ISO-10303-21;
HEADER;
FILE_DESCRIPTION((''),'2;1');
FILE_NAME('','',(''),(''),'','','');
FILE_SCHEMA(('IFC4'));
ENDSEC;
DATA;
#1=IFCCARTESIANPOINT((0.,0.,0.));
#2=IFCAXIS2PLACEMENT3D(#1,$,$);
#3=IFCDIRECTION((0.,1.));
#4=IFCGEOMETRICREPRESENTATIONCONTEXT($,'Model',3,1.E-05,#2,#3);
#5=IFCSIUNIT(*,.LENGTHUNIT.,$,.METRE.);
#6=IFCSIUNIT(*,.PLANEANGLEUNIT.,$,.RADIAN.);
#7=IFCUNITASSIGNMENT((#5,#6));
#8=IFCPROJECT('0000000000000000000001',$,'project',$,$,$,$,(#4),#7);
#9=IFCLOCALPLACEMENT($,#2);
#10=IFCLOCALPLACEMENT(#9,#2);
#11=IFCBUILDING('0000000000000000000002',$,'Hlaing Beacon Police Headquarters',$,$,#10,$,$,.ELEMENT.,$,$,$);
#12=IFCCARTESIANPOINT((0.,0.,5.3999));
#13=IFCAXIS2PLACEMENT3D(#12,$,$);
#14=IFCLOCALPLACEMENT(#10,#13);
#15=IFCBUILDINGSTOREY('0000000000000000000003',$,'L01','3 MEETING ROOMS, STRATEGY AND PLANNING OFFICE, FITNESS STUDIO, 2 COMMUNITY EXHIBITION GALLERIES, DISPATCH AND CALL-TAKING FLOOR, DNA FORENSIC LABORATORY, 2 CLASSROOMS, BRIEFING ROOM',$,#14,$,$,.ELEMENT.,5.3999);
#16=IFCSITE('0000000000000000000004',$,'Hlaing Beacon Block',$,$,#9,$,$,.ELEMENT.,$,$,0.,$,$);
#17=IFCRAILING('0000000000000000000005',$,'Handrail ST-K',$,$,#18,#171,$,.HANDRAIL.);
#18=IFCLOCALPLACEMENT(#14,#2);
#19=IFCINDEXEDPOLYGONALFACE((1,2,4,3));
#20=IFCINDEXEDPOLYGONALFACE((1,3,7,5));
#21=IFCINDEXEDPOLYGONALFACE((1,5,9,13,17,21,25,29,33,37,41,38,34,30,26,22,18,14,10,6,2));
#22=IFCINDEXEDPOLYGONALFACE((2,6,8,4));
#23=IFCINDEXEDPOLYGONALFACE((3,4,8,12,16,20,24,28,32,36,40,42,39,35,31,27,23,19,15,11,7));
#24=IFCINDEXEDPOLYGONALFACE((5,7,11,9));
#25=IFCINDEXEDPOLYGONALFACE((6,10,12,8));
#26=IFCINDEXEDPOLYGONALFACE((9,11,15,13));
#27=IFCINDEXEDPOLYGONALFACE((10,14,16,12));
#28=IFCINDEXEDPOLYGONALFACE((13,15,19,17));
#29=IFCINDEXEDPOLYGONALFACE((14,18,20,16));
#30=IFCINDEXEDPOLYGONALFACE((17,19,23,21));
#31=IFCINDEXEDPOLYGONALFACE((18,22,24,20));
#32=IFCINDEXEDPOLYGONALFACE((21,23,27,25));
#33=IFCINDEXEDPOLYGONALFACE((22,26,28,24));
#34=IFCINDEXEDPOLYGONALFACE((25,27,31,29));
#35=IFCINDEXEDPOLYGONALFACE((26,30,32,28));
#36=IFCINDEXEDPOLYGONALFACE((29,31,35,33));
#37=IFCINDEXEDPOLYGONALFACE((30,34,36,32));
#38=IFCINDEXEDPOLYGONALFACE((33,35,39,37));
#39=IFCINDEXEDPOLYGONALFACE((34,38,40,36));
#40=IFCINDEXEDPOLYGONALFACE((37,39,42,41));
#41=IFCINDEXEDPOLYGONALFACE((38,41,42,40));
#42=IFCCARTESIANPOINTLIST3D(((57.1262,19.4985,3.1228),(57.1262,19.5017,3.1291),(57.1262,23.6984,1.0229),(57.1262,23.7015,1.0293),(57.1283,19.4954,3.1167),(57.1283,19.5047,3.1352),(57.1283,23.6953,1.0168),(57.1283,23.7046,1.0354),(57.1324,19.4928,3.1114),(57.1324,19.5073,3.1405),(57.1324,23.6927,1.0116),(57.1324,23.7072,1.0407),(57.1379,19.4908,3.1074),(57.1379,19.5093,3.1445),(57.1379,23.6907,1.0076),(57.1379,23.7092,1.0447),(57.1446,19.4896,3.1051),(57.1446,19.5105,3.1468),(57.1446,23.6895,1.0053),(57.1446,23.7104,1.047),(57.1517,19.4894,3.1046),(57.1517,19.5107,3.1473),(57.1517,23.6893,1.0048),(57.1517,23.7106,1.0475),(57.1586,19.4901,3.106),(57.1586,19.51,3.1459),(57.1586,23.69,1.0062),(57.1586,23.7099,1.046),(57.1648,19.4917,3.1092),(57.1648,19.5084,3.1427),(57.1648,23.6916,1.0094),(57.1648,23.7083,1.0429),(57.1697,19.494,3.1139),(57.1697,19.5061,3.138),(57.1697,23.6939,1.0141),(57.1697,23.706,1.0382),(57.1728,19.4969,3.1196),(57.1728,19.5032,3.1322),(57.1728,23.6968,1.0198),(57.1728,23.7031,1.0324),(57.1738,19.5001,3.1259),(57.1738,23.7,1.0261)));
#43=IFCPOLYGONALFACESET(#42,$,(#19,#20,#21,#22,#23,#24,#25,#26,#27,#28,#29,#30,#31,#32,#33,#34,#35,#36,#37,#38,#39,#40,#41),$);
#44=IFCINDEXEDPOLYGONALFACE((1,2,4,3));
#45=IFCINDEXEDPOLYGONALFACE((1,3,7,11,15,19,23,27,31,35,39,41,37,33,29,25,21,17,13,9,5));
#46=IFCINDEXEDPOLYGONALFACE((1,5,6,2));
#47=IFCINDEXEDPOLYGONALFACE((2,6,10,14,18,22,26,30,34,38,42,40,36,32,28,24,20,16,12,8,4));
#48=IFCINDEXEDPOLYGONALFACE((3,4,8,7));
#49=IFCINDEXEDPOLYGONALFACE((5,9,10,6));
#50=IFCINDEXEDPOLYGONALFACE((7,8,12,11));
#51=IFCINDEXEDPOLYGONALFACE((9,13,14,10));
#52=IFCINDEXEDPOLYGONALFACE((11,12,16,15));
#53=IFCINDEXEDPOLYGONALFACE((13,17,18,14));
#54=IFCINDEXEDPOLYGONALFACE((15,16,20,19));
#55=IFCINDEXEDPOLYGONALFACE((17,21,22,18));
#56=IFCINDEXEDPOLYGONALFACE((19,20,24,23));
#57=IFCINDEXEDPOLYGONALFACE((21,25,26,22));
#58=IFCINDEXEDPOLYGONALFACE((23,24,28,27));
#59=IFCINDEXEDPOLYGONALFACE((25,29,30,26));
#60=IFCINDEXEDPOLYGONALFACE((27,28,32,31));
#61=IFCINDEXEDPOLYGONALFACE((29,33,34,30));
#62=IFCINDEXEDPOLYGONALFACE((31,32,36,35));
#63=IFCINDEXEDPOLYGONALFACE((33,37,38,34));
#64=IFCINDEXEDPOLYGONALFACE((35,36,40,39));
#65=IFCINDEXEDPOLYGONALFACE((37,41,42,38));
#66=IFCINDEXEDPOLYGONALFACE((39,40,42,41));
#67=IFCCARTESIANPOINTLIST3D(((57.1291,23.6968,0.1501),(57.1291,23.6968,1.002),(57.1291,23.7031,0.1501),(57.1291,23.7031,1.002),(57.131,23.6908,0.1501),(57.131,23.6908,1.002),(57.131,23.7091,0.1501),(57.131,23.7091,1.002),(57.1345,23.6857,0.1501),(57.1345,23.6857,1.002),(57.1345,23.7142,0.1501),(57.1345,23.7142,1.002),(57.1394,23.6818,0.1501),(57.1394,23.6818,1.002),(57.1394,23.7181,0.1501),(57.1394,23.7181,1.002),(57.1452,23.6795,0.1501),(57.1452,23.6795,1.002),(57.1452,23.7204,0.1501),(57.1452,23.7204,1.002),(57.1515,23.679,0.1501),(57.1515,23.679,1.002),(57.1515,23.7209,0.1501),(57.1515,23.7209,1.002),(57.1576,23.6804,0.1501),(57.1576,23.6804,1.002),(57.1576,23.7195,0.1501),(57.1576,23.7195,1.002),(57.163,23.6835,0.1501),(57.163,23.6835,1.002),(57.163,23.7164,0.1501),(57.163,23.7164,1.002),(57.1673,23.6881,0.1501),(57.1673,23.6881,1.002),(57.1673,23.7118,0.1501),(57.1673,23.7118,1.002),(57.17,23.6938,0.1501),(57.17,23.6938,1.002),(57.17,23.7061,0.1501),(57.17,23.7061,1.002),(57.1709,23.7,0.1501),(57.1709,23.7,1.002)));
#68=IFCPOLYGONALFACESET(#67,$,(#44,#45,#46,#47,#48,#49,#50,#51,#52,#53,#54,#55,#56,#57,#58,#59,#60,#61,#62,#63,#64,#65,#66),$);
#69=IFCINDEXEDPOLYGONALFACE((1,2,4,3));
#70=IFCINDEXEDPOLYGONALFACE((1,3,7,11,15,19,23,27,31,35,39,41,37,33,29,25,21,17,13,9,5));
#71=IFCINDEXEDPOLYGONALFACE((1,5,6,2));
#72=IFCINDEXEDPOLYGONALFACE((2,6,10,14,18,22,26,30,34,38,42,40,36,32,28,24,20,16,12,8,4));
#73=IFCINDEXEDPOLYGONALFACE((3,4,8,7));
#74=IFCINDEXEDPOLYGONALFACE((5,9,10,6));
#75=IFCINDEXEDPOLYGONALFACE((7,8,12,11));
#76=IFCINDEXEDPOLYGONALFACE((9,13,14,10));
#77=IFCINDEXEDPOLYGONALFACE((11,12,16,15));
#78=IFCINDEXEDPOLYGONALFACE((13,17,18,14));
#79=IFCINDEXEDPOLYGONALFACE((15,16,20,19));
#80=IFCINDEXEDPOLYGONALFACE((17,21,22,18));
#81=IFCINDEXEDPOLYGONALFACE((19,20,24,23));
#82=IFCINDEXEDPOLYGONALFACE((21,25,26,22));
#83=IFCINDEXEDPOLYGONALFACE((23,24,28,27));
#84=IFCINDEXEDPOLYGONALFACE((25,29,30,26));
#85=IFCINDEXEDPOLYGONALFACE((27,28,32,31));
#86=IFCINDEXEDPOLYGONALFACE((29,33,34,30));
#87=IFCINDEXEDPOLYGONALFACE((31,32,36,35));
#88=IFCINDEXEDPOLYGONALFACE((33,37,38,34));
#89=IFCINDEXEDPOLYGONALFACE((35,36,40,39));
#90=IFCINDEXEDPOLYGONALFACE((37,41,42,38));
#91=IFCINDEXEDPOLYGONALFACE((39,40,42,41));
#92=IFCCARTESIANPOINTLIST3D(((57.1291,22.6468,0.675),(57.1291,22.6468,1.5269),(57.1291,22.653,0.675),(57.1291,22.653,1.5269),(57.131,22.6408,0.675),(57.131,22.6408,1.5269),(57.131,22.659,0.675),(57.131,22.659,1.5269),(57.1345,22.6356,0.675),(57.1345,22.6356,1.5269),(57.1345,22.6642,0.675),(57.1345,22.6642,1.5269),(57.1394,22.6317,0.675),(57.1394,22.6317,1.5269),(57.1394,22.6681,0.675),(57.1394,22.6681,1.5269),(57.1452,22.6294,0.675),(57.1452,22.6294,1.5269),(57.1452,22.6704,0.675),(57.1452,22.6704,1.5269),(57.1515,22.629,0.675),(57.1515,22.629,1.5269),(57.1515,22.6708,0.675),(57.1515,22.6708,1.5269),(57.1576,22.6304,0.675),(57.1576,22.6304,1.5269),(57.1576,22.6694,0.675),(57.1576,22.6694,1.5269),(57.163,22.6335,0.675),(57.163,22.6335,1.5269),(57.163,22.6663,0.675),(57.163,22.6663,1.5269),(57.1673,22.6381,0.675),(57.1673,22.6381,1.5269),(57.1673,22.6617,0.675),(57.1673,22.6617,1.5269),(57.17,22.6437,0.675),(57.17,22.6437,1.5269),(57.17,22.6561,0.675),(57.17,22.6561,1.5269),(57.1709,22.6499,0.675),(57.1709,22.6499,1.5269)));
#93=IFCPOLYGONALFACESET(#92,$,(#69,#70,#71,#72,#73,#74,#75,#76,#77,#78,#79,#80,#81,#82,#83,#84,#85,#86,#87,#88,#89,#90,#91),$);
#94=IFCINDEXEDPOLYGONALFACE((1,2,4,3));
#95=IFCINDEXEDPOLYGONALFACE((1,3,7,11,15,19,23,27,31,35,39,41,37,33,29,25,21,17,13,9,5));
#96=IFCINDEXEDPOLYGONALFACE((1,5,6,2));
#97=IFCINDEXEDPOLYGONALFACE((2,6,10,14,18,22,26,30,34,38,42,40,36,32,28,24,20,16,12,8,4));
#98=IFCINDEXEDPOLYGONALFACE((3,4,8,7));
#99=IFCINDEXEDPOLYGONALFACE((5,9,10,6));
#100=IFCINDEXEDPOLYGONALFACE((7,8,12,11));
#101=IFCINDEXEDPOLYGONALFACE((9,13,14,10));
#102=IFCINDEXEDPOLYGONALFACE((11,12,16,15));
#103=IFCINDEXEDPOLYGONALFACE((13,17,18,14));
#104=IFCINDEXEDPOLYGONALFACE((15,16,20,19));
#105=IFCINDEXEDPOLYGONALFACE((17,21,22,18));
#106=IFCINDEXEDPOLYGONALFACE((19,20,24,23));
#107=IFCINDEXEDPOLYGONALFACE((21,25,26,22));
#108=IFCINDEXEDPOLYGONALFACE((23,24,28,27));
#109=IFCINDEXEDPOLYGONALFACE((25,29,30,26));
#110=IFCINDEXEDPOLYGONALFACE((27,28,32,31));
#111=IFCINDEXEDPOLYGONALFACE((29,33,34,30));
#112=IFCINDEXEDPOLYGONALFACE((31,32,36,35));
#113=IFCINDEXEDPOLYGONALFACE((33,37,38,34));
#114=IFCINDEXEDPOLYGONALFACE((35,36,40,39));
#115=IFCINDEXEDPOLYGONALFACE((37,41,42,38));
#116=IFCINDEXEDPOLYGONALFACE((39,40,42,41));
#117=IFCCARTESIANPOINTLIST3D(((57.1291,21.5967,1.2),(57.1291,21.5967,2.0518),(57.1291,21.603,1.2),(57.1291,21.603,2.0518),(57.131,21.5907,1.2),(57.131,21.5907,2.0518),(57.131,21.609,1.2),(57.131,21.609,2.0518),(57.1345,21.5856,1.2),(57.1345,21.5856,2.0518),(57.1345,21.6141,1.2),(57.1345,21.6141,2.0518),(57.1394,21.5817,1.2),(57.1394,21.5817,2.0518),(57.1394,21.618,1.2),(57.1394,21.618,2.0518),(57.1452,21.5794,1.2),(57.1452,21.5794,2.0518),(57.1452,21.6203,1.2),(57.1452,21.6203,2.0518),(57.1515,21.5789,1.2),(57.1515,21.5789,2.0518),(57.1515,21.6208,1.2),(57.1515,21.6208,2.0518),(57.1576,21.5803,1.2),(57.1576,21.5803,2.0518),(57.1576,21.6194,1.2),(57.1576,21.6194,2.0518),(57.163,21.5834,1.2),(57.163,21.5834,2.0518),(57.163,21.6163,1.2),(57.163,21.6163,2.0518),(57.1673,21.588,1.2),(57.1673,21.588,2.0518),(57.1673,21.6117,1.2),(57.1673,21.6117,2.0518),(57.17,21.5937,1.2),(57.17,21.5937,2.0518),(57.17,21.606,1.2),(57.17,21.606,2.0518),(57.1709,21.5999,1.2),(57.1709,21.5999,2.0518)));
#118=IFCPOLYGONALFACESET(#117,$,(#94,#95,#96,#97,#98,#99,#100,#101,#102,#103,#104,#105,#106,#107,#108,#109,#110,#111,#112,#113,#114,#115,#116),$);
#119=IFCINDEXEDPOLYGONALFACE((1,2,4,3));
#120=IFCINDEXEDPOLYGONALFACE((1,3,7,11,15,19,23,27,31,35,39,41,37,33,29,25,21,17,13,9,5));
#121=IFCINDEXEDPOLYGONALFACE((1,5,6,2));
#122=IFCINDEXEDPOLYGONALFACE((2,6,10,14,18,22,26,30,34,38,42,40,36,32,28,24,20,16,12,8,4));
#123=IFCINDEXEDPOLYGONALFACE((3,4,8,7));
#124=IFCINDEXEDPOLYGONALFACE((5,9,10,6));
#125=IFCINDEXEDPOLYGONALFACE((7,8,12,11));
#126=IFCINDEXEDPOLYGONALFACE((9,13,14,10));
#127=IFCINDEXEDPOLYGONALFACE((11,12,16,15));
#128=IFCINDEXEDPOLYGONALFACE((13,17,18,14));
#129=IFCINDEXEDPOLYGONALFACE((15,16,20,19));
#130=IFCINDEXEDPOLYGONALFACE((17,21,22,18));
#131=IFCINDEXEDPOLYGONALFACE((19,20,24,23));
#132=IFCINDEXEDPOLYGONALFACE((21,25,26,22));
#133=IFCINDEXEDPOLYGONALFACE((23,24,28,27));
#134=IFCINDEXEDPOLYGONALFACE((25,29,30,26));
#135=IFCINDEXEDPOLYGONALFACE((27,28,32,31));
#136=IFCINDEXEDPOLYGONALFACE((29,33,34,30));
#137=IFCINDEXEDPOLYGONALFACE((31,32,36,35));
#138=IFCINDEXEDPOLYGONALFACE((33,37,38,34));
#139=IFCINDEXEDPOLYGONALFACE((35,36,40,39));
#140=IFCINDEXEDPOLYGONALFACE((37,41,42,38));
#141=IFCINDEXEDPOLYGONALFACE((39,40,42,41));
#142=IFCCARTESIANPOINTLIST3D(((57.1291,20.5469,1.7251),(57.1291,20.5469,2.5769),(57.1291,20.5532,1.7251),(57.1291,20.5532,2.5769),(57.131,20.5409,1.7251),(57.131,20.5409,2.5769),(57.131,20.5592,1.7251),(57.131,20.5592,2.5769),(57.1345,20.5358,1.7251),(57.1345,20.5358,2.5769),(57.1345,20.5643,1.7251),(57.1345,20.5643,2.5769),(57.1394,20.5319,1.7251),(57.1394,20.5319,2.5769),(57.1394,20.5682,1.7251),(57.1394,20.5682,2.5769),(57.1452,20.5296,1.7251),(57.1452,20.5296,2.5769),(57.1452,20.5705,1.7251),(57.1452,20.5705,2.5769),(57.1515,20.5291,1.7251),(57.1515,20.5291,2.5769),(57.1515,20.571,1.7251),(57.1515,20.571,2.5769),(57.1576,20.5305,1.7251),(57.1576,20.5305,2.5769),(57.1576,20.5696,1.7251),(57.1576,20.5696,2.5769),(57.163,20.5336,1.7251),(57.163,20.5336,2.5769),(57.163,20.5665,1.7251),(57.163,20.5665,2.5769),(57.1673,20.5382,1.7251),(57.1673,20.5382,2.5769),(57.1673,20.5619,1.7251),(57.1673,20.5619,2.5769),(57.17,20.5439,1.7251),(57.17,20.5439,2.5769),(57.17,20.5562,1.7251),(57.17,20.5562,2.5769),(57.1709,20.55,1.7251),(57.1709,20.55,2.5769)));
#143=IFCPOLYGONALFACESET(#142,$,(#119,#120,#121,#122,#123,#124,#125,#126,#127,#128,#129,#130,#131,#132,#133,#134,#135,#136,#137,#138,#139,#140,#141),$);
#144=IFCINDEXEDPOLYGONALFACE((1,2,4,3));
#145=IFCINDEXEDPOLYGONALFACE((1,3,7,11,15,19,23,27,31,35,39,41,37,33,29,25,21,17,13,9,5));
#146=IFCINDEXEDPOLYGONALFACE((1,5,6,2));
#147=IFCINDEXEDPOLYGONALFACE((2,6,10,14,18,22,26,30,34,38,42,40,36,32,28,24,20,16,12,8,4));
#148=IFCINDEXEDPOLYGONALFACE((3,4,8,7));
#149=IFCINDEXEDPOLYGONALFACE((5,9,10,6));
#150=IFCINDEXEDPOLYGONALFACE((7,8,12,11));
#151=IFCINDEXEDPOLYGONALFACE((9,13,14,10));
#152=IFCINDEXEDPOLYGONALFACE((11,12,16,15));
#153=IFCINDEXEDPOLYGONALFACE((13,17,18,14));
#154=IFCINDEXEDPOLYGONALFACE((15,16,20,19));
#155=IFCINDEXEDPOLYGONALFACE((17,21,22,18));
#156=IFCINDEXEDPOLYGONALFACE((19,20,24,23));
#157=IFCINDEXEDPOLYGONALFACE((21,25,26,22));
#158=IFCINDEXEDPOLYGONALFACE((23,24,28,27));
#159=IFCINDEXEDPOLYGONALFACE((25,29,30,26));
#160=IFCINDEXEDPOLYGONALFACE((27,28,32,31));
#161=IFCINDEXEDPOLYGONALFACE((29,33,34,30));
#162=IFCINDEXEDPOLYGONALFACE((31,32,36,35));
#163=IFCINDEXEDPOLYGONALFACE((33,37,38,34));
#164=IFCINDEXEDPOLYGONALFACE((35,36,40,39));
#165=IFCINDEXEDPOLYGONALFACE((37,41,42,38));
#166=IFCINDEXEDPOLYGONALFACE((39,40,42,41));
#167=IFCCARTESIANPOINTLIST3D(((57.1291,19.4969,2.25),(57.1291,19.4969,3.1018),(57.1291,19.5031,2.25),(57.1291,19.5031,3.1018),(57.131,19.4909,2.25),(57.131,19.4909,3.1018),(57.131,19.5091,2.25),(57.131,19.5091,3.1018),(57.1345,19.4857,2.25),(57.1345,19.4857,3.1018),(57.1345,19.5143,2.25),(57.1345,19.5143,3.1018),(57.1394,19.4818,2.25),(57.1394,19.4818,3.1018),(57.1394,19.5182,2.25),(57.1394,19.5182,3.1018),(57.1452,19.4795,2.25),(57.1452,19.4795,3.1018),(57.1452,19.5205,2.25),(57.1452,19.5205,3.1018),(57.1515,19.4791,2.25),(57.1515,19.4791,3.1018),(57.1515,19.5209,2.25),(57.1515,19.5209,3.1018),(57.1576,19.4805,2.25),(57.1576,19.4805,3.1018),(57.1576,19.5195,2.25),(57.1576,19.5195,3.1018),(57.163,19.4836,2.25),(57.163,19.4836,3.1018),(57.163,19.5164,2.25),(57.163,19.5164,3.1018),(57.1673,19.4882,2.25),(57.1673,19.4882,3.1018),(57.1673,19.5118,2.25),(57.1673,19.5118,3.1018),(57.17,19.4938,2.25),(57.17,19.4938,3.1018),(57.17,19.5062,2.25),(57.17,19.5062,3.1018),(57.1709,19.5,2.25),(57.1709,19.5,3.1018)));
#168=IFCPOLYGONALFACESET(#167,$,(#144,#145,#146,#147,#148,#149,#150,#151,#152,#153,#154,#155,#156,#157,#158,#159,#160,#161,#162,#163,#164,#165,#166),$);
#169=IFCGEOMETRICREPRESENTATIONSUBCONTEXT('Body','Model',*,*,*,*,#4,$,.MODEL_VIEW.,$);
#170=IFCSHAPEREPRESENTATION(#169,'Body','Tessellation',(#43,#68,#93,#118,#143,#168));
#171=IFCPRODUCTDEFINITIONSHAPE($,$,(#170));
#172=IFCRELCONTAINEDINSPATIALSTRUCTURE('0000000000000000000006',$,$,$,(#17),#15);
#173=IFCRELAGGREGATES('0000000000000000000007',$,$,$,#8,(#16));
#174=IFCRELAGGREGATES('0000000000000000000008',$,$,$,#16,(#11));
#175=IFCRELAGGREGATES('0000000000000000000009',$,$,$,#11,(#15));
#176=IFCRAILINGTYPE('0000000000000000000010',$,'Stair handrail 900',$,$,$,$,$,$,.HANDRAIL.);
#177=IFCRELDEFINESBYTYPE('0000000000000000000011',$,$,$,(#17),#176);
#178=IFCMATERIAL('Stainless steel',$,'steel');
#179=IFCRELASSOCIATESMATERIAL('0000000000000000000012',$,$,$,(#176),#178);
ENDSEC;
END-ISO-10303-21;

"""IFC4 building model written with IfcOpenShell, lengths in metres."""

from ifc_helpers import new_model, si_unit, direction, frame, origin, origin_2d, place, context, subcontext, project, spatial, circle, extrude, material, type_object, element, save


model = new_model("IFC4")

# Units and contexts
model_context = context("Model", 3, precision=1e-05, world=origin(), true_north=direction((0.0, 1.0)))
body_context = subcontext(model_context, "Body", "Model", "MODEL_VIEW")
ifc_project = project(units=[si_unit("LENGTHUNIT", "METRE"), si_unit("PLANEANGLEUNIT", "RADIAN")], contexts=[model_context])

# Site, building, storey
site_placement = place(None, origin())
site = spatial("IfcSite", under=ifc_project, at=site_placement, Name="Hlaing Beacon Block", CompositionType="ELEMENT", RefElevation=0.0)
building_placement = place(site_placement, origin())
building = spatial("IfcBuilding", under=site, at=building_placement, Name="Hlaing Beacon Police Headquarters", CompositionType="ELEMENT")
storey_placement = place(building_placement, frame((0.0, 0.0, 5.3999)))
storey = spatial("IfcBuildingStorey", under=building, at=storey_placement, Name="L01", Description="3 MEETING ROOMS, STRATEGY AND PLANNING OFFICE, FITNESS STUDIO, 2 COMMUNITY EXHIBITION GALLERIES, DISPATCH AND CALL-TAKING FLOOR, DNA FORENSIC LABORATORY, 2 CLASSROOMS, BRIEFING ROOM", CompositionType="ELEMENT", Elevation=5.3999)

# Railing
ifc_material_1 = material(Name="Stainless steel", Category="steel")
railing_type_1 = type_object("IfcRailingType", Name="Stair handrail 900", PredefinedType="HANDRAIL", material=ifc_material_1)
for number, where, name in (
    (1, (57.1499, 23.7, 0.1501), "Handrail ST-K"),
):
    element("IfcRailing", number, at=place(storey_placement, frame(where)), inside=storey, type_object=railing_type_1, Name=name, PredefinedType="HANDRAIL", context=body_context, shape_type="SweptSolid", body=[
        extrude(circle(Radius=0.0239, at=origin_2d()), frame((0.0, 0.0, 0.876), z_axis=(0.0, -0.894438, 0.447193), x_axis=(1.0, 0.0, 0.0)), (0.0, 0.0, 1.0), 4.6956),
        extrude(circle(Radius=0.021, at=origin_2d()), origin(), (0.0, 0.0, 1.0), 0.8518),
        extrude(circle(Radius=0.021, at=origin_2d()), frame((0.0, -1.05, 0.5249)), (0.0, 0.0, 1.0), 0.8518),
        extrude(circle(Radius=0.021, at=origin_2d()), frame((0.0, -2.1001, 1.0498)), (0.0, 0.0, 1.0), 0.8518),
        extrude(circle(Radius=0.021, at=origin_2d()), frame((0.0, -3.1499, 1.575)), (0.0, 0.0, 1.0), 0.8518),
        extrude(circle(Radius=0.021, at=origin_2d()), frame((0.0, -4.2, 2.0999)), (0.0, 0.0, 1.0), 0.8518),
    ])

save(model, "model.ifc")
